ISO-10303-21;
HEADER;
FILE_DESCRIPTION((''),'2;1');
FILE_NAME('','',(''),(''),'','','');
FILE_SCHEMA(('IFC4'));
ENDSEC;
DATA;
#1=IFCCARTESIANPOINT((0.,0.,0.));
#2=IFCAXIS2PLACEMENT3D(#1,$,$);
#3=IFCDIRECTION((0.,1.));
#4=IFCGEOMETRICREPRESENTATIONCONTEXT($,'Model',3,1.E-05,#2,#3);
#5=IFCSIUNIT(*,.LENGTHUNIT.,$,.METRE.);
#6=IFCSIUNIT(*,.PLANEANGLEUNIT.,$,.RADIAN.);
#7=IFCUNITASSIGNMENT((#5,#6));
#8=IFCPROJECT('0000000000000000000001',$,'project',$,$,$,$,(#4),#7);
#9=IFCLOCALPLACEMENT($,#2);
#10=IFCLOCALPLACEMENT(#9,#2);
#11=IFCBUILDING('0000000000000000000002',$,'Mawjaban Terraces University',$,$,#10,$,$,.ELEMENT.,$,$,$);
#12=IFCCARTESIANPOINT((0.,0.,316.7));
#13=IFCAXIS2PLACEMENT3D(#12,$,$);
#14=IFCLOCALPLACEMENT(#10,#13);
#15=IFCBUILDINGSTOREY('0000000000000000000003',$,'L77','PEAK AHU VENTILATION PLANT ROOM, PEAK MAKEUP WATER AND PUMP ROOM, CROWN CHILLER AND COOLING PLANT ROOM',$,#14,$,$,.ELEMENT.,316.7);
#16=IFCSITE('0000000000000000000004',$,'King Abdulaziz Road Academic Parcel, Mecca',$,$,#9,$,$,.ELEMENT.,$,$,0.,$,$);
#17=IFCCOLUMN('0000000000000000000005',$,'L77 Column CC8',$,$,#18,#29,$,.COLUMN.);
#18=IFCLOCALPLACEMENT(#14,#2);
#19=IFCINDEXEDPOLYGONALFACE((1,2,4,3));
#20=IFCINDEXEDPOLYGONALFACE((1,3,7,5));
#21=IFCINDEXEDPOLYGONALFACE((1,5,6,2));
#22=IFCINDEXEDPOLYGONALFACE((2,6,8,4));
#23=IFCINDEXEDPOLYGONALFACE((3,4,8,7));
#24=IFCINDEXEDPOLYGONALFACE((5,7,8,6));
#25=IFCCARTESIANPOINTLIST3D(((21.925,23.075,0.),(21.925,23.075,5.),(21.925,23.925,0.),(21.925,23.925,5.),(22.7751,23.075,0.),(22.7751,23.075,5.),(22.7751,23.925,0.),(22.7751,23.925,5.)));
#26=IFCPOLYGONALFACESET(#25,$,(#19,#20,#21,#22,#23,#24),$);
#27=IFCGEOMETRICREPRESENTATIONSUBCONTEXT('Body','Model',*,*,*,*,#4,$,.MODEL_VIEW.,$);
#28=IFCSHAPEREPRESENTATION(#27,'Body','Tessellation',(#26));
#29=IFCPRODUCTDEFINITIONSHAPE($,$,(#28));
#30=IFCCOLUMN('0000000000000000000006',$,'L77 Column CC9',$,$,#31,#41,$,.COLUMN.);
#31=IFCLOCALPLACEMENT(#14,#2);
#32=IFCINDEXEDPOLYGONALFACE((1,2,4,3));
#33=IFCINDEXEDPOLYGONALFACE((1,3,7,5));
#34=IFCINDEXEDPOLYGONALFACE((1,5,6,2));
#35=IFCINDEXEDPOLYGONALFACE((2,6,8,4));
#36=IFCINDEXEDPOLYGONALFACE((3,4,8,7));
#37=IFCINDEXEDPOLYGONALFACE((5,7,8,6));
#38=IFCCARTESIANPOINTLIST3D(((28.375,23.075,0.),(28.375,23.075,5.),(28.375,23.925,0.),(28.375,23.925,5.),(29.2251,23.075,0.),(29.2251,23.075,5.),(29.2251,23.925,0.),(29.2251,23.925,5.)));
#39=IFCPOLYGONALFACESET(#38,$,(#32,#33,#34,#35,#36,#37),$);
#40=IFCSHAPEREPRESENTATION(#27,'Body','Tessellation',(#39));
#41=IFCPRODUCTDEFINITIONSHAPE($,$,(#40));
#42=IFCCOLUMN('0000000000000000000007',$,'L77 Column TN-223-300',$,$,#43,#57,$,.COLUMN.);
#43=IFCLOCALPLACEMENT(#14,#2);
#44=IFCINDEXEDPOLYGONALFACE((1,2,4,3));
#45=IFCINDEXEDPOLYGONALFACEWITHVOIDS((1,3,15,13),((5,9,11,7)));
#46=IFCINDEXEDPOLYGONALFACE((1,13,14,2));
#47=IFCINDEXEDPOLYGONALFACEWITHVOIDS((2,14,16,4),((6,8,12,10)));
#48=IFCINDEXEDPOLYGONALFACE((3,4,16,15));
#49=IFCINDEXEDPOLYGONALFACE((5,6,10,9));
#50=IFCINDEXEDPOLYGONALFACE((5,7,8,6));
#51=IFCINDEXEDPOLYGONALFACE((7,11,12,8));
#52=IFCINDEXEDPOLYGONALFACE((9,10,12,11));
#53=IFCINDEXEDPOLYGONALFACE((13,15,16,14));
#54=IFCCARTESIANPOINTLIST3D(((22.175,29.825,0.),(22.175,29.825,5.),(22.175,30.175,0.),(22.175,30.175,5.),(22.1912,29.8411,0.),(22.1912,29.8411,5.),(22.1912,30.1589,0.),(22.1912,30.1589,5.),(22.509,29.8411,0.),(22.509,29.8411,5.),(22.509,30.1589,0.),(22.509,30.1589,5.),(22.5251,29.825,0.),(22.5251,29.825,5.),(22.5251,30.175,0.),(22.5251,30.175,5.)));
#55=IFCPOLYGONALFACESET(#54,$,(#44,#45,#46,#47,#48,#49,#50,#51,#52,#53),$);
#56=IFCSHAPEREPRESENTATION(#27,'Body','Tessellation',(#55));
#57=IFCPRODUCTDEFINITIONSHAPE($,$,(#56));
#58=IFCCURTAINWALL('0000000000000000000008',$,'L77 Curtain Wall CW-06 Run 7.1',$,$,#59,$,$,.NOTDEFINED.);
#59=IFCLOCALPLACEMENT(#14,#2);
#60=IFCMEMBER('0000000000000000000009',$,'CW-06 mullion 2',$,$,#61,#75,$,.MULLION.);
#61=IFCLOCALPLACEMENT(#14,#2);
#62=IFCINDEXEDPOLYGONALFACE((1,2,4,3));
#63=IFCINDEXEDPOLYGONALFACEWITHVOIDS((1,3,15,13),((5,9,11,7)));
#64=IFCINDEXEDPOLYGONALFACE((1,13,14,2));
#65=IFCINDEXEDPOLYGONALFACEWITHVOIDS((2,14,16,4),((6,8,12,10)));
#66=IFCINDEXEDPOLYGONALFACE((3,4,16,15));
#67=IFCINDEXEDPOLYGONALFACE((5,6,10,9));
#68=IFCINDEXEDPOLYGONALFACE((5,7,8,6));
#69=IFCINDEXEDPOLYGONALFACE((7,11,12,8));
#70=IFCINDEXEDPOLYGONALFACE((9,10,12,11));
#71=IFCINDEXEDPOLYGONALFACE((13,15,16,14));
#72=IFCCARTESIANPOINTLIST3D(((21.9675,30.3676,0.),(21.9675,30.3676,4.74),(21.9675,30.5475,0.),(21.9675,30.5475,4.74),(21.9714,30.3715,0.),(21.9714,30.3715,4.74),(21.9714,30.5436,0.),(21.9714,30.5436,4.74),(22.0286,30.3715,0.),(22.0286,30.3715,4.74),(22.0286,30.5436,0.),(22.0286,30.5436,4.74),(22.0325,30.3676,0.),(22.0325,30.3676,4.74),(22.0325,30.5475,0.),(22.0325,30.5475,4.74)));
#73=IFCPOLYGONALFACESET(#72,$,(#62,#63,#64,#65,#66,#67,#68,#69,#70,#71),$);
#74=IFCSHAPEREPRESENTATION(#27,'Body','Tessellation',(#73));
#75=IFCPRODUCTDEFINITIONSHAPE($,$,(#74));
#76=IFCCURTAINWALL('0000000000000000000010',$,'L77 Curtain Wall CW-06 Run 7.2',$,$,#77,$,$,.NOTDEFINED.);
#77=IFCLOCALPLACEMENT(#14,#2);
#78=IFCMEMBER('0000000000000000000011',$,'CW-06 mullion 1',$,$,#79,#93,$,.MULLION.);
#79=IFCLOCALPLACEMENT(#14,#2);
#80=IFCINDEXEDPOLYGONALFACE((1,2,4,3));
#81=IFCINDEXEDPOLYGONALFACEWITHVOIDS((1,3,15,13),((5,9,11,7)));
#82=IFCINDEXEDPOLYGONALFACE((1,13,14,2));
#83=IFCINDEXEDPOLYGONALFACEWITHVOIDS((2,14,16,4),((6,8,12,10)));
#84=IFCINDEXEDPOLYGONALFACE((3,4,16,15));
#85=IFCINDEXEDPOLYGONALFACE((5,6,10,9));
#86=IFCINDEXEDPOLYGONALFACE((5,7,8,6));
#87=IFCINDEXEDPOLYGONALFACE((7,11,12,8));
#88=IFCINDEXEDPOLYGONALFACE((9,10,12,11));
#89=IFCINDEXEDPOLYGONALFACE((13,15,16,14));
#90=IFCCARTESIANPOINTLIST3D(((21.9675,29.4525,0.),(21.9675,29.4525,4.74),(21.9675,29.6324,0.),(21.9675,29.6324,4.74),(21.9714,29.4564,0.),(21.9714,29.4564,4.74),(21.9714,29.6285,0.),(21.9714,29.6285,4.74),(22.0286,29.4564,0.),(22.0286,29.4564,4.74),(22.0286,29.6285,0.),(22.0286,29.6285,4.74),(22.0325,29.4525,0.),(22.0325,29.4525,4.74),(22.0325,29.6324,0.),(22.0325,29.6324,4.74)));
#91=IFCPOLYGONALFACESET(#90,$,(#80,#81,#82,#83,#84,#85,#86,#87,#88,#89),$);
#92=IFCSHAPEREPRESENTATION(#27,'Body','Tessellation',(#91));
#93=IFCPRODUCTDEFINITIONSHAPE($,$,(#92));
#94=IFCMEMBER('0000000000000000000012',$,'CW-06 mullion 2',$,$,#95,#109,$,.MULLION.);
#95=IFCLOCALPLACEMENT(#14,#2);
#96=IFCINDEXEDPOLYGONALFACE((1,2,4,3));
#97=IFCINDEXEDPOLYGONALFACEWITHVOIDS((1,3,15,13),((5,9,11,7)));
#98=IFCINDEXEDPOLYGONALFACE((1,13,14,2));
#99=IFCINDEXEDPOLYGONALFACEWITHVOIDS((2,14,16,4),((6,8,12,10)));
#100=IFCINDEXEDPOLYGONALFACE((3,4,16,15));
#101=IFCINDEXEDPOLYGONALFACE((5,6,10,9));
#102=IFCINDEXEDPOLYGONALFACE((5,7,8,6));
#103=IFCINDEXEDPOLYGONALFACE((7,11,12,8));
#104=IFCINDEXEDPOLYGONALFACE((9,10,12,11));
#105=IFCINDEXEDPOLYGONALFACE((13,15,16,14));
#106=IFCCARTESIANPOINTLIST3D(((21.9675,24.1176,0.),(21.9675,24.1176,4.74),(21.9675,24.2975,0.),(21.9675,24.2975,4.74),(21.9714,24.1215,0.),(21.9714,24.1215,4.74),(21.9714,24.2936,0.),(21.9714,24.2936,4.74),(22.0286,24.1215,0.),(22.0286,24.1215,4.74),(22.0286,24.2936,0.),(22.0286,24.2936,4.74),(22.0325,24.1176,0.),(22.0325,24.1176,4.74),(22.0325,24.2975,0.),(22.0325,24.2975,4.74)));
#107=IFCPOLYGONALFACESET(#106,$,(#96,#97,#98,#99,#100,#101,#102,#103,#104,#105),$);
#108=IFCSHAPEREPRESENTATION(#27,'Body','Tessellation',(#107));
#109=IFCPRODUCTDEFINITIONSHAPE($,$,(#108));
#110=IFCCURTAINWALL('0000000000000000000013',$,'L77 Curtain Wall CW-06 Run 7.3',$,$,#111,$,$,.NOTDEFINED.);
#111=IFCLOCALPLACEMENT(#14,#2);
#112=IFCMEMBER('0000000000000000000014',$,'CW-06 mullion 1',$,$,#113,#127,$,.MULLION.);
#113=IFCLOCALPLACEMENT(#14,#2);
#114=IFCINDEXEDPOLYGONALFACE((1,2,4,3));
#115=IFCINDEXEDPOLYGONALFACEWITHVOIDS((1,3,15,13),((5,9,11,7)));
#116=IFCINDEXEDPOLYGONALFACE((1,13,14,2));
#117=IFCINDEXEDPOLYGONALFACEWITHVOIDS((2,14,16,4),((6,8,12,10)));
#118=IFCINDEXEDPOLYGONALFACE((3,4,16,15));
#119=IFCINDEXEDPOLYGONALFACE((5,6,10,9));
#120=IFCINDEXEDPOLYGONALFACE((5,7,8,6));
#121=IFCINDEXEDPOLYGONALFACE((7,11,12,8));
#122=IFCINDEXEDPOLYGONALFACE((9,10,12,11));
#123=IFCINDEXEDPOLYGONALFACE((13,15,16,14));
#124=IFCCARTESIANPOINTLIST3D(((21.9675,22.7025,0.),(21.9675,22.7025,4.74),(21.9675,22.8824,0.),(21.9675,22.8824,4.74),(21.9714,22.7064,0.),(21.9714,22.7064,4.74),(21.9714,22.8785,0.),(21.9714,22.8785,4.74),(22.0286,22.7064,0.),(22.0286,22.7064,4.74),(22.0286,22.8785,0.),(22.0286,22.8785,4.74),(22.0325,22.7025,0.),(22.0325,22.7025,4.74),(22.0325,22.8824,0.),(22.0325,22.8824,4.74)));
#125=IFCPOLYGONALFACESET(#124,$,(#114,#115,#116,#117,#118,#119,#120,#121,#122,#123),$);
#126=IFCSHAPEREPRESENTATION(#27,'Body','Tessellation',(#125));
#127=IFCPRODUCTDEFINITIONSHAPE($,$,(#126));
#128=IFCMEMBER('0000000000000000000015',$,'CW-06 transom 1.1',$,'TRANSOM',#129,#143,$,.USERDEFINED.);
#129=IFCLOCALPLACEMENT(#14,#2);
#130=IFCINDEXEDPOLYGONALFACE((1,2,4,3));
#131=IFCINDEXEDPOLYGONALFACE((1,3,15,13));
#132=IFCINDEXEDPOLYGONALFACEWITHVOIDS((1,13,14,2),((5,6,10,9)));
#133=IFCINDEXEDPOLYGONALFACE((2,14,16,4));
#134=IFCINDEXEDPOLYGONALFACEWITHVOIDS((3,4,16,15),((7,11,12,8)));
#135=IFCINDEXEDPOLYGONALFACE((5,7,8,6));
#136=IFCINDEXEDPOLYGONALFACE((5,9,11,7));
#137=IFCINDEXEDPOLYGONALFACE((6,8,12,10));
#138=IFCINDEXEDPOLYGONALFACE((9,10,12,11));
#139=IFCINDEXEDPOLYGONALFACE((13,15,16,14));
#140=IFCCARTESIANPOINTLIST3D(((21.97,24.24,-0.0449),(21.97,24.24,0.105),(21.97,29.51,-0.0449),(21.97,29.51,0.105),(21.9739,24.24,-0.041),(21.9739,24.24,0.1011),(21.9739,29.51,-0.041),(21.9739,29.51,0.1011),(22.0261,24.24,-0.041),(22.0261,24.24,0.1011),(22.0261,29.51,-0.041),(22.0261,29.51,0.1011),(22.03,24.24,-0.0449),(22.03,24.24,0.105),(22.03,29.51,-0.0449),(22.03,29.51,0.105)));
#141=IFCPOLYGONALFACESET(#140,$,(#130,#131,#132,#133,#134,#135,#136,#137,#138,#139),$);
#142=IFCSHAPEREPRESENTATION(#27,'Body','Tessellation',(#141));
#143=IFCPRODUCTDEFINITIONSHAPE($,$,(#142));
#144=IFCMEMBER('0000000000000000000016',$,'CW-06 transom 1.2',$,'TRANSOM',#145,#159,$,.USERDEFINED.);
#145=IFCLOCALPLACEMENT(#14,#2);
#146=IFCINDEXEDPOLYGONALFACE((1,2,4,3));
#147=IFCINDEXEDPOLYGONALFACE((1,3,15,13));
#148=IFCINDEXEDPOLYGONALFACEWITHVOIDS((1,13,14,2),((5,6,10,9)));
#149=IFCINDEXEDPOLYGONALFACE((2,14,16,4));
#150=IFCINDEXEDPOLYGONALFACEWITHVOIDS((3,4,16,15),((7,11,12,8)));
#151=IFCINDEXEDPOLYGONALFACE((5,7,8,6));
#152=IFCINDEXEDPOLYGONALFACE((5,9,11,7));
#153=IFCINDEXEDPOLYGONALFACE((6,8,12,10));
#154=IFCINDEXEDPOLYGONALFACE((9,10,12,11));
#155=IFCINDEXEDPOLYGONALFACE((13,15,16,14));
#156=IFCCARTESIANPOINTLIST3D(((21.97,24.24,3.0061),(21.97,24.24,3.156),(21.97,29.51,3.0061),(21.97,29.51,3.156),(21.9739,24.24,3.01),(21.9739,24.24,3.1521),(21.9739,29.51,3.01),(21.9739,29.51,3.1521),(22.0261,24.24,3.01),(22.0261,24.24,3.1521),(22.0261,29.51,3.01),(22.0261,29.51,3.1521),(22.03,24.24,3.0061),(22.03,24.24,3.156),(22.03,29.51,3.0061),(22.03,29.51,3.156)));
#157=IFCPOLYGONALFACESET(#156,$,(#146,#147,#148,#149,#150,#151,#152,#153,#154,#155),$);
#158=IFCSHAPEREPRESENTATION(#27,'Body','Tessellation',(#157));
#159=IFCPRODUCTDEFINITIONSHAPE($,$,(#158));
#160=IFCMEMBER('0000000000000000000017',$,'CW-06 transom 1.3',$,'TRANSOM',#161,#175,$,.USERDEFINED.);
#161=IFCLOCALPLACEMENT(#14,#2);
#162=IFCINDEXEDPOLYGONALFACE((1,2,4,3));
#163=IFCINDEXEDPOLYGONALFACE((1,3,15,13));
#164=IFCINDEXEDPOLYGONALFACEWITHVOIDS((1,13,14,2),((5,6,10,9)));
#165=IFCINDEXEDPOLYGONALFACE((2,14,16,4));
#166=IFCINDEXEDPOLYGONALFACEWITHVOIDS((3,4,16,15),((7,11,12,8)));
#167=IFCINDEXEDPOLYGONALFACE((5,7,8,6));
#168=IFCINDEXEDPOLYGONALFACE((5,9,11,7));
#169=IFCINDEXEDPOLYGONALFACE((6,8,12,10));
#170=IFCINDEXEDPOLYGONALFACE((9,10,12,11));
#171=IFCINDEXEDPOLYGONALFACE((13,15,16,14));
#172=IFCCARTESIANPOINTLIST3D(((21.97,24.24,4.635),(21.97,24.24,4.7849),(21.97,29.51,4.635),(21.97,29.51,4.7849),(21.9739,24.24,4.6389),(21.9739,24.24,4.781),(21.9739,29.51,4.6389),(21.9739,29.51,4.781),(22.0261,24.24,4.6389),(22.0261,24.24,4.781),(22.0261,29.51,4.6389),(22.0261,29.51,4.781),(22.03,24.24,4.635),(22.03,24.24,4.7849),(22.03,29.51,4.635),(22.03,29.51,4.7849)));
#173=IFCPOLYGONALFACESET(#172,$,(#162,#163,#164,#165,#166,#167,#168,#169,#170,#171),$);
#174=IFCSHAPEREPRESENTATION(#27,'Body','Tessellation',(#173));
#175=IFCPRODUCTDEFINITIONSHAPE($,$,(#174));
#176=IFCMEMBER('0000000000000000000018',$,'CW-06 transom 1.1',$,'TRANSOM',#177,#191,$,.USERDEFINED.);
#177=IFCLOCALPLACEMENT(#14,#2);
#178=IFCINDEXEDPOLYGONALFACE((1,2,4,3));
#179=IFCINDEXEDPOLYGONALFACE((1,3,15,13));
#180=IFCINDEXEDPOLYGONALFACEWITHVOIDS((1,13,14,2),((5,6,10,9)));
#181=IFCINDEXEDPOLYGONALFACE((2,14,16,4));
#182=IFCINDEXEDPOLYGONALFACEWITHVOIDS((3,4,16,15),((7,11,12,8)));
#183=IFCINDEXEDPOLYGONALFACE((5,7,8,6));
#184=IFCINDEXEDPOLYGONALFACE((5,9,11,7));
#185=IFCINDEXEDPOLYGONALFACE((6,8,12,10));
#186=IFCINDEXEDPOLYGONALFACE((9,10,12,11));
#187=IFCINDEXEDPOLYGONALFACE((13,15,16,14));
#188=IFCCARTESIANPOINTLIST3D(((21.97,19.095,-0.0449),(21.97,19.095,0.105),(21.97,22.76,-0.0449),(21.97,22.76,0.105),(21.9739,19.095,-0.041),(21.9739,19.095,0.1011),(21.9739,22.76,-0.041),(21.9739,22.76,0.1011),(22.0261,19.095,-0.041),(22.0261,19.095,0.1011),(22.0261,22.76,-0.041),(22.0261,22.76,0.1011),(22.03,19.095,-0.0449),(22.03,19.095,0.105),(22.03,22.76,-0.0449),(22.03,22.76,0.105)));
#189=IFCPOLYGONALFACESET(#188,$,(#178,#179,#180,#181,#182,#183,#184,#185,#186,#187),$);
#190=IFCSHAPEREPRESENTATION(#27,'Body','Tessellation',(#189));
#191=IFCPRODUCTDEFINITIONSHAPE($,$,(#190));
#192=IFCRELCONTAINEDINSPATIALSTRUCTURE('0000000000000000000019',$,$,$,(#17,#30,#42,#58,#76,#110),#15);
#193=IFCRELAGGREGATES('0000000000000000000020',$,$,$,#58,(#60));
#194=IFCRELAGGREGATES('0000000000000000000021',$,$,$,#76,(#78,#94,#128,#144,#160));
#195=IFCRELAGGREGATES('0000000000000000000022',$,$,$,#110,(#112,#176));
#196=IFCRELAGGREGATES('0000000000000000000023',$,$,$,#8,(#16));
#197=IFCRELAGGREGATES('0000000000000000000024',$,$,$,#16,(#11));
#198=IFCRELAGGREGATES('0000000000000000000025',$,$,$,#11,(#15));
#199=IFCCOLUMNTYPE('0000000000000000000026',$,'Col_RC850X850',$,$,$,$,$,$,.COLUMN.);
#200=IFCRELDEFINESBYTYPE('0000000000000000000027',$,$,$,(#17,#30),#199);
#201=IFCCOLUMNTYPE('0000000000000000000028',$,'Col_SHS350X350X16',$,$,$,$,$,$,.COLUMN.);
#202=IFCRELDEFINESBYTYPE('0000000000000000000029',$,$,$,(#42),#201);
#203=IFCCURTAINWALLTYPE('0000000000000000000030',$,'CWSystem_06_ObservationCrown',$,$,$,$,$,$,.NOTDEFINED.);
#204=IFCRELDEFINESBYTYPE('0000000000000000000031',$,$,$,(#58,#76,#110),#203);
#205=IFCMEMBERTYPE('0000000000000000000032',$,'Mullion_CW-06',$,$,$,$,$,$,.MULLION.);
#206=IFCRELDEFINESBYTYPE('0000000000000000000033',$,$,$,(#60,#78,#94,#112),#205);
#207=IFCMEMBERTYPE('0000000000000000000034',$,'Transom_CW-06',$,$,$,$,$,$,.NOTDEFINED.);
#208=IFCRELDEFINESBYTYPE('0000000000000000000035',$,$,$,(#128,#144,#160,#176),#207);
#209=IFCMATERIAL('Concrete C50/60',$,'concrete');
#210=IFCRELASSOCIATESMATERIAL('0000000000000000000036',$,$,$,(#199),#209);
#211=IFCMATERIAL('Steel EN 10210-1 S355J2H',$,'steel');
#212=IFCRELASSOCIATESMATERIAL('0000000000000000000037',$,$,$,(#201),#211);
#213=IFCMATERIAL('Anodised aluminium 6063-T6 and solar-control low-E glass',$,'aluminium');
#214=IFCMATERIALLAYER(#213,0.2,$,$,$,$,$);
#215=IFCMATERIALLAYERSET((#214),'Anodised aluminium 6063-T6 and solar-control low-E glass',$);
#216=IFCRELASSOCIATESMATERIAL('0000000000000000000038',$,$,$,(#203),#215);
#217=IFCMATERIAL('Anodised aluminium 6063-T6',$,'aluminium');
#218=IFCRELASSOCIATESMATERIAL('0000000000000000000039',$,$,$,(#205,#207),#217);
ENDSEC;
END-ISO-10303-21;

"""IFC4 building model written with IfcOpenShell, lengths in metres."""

from ifc_helpers import new_model, si_unit, direction, frame, origin, origin_2d, place, context, subcontext, project, spatial, rectangle, hollow_rectangle, extrude, material, layer, layer_set, material_profile, profile_set, type_object, element, aggregate, save


model = new_model("IFC4")

# Units and contexts
model_context = context("Model", 3, precision=1e-05, world=origin(), true_north=direction((0.0, 1.0)))
body_context = subcontext(model_context, "Body", "Model", "MODEL_VIEW")
ifc_project = project(units=[si_unit("LENGTHUNIT", "METRE"), si_unit("PLANEANGLEUNIT", "RADIAN")], contexts=[model_context])

# Site, building, storey
site_placement = place(None, origin())
site = spatial("IfcSite", under=ifc_project, at=site_placement, Name="King Abdulaziz Road Academic Parcel, Mecca", CompositionType="ELEMENT", RefElevation=0.0)
building_placement = place(site_placement, origin())
building = spatial("IfcBuilding", under=site, at=building_placement, Name="Mawjaban Terraces University", CompositionType="ELEMENT")
storey_placement = place(building_placement, frame((0.0, 0.0, 316.7)))
storey = spatial("IfcBuildingStorey", under=building, at=storey_placement, Name="L77", Description="PEAK AHU VENTILATION PLANT ROOM, PEAK MAKEUP WATER AND PUMP ROOM, CROWN CHILLER AND COOLING PLANT ROOM", CompositionType="ELEMENT", Elevation=316.7)

# Columns
ifc_material_1 = material(Name="Concrete C50/60", Category="concrete")
ifc_material_profile_1 = material_profile(ifc_material_1, rectangle(XDim=0.8501, YDim=0.8501, at=origin_2d()), Name="RC850X850")
ifc_profile_set_1 = profile_set([ifc_material_profile_1], Name="Concrete C50/60")
column_type_1 = type_object("IfcColumnType", Name="Col_RC850X850", PredefinedType="COLUMN", material=ifc_profile_set_1)
for number, where, z_axis, x_axis, name in (
    (1, (22.3501, 23.5, 0.0), (0.0, 0.0, 1.0), (1.0, 0.0, 0.0), "L77 Column CC8"),
    (2, (28.8, 23.5, 0.0), (0.0, 0.0, 1.0), (1.0, 0.0, 0.0), "L77 Column CC9"),
):
    element("IfcColumn", number, at=place(storey_placement, frame(where, z_axis=z_axis, x_axis=x_axis)), inside=storey, type_object=column_type_1, Name=name, PredefinedType="COLUMN", context=body_context, shape_type="SweptSolid", body=[
        extrude(rectangle(XDim=0.8501, YDim=0.8501, at=origin_2d()), origin(), (0.0, 0.0, 1.0), 5.0),
    ])
ifc_material_2 = material(Name="Steel EN 10210-1 S355J2H", Category="steel")
ifc_material_profile_2 = material_profile(ifc_material_2, hollow_rectangle(XDim=0.3501, YDim=0.3501, WallThickness=0.0161, at=origin_2d()), Name="SHS350X350X16")
ifc_profile_set_2 = profile_set([ifc_material_profile_2], Name="Steel EN 10210-1 S355J2H")
column_type_2 = type_object("IfcColumnType", Name="Col_SHS350X350X16", PredefinedType="COLUMN", material=ifc_profile_set_2)
column_placement = place(storey_placement, frame((22.3501, 30.0, 0.0), z_axis=(0.0, 0.0, 1.0), x_axis=(1.0, 0.0, 0.0)))
element("IfcColumn", 3, at=column_placement, inside=storey, type_object=column_type_2, Name="L77 Column TN-223-300", PredefinedType="COLUMN", context=body_context, shape_type="SweptSolid", body=[
    extrude(hollow_rectangle(XDim=0.3501, YDim=0.3501, WallThickness=0.0161, at=origin_2d()), origin(), (0.0, 0.0, 1.0), 5.0),
])

# Curtain wall, member
ifc_material_3 = material(Name="Anodised aluminium 6063-T6 and solar-control low-E glass", Category="aluminium")
ifc_layer_1 = layer(ifc_material_3, 0.2)
ifc_layer_set_1 = layer_set([ifc_layer_1], Name="Anodised aluminium 6063-T6 and solar-control low-E glass")
curtain_wall_type = type_object("IfcCurtainWallType", Name="CWSystem_06_ObservationCrown", PredefinedType="NOTDEFINED", material=ifc_layer_set_1)
curtain_wall_1_placement = place(storey_placement, origin())
curtain_wall_1 = element("IfcCurtainWall", 4, at=curtain_wall_1_placement, inside=storey, type_object=curtain_wall_type, Name="L77 Curtain Wall CW-06 Run 7.1", PredefinedType="NOTDEFINED")
ifc_material_4 = material(Name="Anodised aluminium 6063-T6", Category="aluminium")
ifc_material_profile_3 = material_profile(ifc_material_4, hollow_rectangle(XDim=0.0649, YDim=0.1799, WallThickness=0.0039, at=origin_2d()), Name="ALU180X65X4")
ifc_profile_set_3 = profile_set([ifc_material_profile_3], Name="Anodised aluminium 6063-T6")
member_type_1 = type_object("IfcMemberType", Name="Mullion_CW-06", PredefinedType="MULLION", material=ifc_profile_set_3)
member_1_placement = place(storey_placement, frame((22.0, 30.4575, 0.0), z_axis=(0.0, 0.0, 1.0), x_axis=(1.0, 0.0, 0.0)))
member_1 = element("IfcMember", 5, at=member_1_placement, type_object=member_type_1, Name="CW-06 mullion 2", PredefinedType="MULLION", context=body_context, shape_type="SweptSolid", body=[
    extrude(hollow_rectangle(XDim=0.0649, YDim=0.1799, WallThickness=0.0039, at=origin_2d()), origin(), (0.0, 0.0, 1.0), 4.74),
])

# Curtain wall, members
curtain_wall_2_placement = place(storey_placement, origin())
curtain_wall_2 = element("IfcCurtainWall", 6, at=curtain_wall_2_placement, inside=storey, type_object=curtain_wall_type, Name="L77 Curtain Wall CW-06 Run 7.2", PredefinedType="NOTDEFINED")
member_2_placement = place(storey_placement, frame((22.0, 29.5425, 0.0), z_axis=(0.0, 0.0, 1.0), x_axis=(1.0, 0.0, 0.0)))
member_2 = element("IfcMember", 7, at=member_2_placement, type_object=member_type_1, Name="CW-06 mullion 1", PredefinedType="MULLION", context=body_context, shape_type="SweptSolid", body=[
    extrude(hollow_rectangle(XDim=0.0649, YDim=0.1799, WallThickness=0.0039, at=origin_2d()), origin(), (0.0, 0.0, 1.0), 4.74),
])
member_3_placement = place(storey_placement, frame((22.0, 24.2075, 0.0), z_axis=(0.0, 0.0, 1.0), x_axis=(1.0, 0.0, 0.0)))
member_3 = element("IfcMember", 8, at=member_3_placement, type_object=member_type_1, Name="CW-06 mullion 2", PredefinedType="MULLION", context=body_context, shape_type="SweptSolid", body=[
    extrude(hollow_rectangle(XDim=0.0649, YDim=0.1799, WallThickness=0.0039, at=origin_2d()), origin(), (0.0, 0.0, 1.0), 4.74),
])

# Curtain wall, member
curtain_wall_3_placement = place(storey_placement, origin())
curtain_wall_3 = element("IfcCurtainWall", 9, at=curtain_wall_3_placement, inside=storey, type_object=curtain_wall_type, Name="L77 Curtain Wall CW-06 Run 7.3", PredefinedType="NOTDEFINED")
member_4_placement = place(storey_placement, frame((22.0, 22.7925, 0.0), z_axis=(0.0, 0.0, 1.0), x_axis=(1.0, 0.0, 0.0)))
member_4 = element("IfcMember", 10, at=member_4_placement, type_object=member_type_1, Name="CW-06 mullion 1", PredefinedType="MULLION", context=body_context, shape_type="SweptSolid", body=[
    extrude(hollow_rectangle(XDim=0.0649, YDim=0.1799, WallThickness=0.0039, at=origin_2d()), origin(), (0.0, 0.0, 1.0), 4.74),
])

# Members
ifc_material_profile_4 = material_profile(ifc_material_4, hollow_rectangle(XDim=0.0601, YDim=0.1499, WallThickness=0.0039, at=origin_2d()), Name="ALU150X60X4")
ifc_profile_set_4 = profile_set([ifc_material_profile_4], Name="Anodised aluminium 6063-T6")
member_type_2 = type_object("IfcMemberType", Name="Transom_CW-06", PredefinedType="NOTDEFINED", material=ifc_profile_set_4)
member_5_placement = place(storey_placement, frame((22.0, 29.51, 0.03), z_axis=(0.0, -1.0, 0.0), x_axis=(1.0, 0.0, 0.0)))
member_5 = element("IfcMember", 11, at=member_5_placement, type_object=member_type_2, Name="CW-06 transom 1.1", ObjectType="TRANSOM", PredefinedType="USERDEFINED", context=body_context, shape_type="SweptSolid", body=[
    extrude(hollow_rectangle(XDim=0.0601, YDim=0.1499, WallThickness=0.0039, at=origin_2d()), origin(), (0.0, 0.0, 1.0), 5.27),
])
member_6_placement = place(storey_placement, frame((22.0, 29.51, 3.0811), z_axis=(0.0, -1.0, 0.0), x_axis=(1.0, 0.0, 0.0)))
member_6 = element("IfcMember", 12, at=member_6_placement, type_object=member_type_2, Name="CW-06 transom 1.2", ObjectType="TRANSOM", PredefinedType="USERDEFINED", context=body_context, shape_type="SweptSolid", body=[
    extrude(hollow_rectangle(XDim=0.0601, YDim=0.1499, WallThickness=0.0039, at=origin_2d()), origin(), (0.0, 0.0, 1.0), 5.27),
])
member_7_placement = place(storey_placement, frame((22.0, 29.51, 4.71), z_axis=(0.0, -1.0, 0.0), x_axis=(1.0, 0.0, 0.0)))
member_7 = element("IfcMember", 13, at=member_7_placement, type_object=member_type_2, Name="CW-06 transom 1.3", ObjectType="TRANSOM", PredefinedType="USERDEFINED", context=body_context, shape_type="SweptSolid", body=[
    extrude(hollow_rectangle(XDim=0.0601, YDim=0.1499, WallThickness=0.0039, at=origin_2d()), origin(), (0.0, 0.0, 1.0), 5.27),
])
member_8_placement = place(storey_placement, frame((22.0, 22.76, 0.03), z_axis=(0.0, -1.0, 0.0), x_axis=(1.0, 0.0, 0.0)))
member_8 = element("IfcMember", 14, at=member_8_placement, type_object=member_type_2, Name="CW-06 transom 1.1", ObjectType="TRANSOM", PredefinedType="USERDEFINED", context=body_context, shape_type="SweptSolid", body=[
    extrude(hollow_rectangle(XDim=0.0601, YDim=0.1499, WallThickness=0.0039, at=origin_2d()), origin(), (0.0, 0.0, 1.0), 3.665),
])

aggregate(curtain_wall_1, [member_1])
aggregate(curtain_wall_2, [member_2, member_3, member_5, member_6, member_7])
aggregate(curtain_wall_3, [member_4, member_8])

save(model, "model.ifc")
